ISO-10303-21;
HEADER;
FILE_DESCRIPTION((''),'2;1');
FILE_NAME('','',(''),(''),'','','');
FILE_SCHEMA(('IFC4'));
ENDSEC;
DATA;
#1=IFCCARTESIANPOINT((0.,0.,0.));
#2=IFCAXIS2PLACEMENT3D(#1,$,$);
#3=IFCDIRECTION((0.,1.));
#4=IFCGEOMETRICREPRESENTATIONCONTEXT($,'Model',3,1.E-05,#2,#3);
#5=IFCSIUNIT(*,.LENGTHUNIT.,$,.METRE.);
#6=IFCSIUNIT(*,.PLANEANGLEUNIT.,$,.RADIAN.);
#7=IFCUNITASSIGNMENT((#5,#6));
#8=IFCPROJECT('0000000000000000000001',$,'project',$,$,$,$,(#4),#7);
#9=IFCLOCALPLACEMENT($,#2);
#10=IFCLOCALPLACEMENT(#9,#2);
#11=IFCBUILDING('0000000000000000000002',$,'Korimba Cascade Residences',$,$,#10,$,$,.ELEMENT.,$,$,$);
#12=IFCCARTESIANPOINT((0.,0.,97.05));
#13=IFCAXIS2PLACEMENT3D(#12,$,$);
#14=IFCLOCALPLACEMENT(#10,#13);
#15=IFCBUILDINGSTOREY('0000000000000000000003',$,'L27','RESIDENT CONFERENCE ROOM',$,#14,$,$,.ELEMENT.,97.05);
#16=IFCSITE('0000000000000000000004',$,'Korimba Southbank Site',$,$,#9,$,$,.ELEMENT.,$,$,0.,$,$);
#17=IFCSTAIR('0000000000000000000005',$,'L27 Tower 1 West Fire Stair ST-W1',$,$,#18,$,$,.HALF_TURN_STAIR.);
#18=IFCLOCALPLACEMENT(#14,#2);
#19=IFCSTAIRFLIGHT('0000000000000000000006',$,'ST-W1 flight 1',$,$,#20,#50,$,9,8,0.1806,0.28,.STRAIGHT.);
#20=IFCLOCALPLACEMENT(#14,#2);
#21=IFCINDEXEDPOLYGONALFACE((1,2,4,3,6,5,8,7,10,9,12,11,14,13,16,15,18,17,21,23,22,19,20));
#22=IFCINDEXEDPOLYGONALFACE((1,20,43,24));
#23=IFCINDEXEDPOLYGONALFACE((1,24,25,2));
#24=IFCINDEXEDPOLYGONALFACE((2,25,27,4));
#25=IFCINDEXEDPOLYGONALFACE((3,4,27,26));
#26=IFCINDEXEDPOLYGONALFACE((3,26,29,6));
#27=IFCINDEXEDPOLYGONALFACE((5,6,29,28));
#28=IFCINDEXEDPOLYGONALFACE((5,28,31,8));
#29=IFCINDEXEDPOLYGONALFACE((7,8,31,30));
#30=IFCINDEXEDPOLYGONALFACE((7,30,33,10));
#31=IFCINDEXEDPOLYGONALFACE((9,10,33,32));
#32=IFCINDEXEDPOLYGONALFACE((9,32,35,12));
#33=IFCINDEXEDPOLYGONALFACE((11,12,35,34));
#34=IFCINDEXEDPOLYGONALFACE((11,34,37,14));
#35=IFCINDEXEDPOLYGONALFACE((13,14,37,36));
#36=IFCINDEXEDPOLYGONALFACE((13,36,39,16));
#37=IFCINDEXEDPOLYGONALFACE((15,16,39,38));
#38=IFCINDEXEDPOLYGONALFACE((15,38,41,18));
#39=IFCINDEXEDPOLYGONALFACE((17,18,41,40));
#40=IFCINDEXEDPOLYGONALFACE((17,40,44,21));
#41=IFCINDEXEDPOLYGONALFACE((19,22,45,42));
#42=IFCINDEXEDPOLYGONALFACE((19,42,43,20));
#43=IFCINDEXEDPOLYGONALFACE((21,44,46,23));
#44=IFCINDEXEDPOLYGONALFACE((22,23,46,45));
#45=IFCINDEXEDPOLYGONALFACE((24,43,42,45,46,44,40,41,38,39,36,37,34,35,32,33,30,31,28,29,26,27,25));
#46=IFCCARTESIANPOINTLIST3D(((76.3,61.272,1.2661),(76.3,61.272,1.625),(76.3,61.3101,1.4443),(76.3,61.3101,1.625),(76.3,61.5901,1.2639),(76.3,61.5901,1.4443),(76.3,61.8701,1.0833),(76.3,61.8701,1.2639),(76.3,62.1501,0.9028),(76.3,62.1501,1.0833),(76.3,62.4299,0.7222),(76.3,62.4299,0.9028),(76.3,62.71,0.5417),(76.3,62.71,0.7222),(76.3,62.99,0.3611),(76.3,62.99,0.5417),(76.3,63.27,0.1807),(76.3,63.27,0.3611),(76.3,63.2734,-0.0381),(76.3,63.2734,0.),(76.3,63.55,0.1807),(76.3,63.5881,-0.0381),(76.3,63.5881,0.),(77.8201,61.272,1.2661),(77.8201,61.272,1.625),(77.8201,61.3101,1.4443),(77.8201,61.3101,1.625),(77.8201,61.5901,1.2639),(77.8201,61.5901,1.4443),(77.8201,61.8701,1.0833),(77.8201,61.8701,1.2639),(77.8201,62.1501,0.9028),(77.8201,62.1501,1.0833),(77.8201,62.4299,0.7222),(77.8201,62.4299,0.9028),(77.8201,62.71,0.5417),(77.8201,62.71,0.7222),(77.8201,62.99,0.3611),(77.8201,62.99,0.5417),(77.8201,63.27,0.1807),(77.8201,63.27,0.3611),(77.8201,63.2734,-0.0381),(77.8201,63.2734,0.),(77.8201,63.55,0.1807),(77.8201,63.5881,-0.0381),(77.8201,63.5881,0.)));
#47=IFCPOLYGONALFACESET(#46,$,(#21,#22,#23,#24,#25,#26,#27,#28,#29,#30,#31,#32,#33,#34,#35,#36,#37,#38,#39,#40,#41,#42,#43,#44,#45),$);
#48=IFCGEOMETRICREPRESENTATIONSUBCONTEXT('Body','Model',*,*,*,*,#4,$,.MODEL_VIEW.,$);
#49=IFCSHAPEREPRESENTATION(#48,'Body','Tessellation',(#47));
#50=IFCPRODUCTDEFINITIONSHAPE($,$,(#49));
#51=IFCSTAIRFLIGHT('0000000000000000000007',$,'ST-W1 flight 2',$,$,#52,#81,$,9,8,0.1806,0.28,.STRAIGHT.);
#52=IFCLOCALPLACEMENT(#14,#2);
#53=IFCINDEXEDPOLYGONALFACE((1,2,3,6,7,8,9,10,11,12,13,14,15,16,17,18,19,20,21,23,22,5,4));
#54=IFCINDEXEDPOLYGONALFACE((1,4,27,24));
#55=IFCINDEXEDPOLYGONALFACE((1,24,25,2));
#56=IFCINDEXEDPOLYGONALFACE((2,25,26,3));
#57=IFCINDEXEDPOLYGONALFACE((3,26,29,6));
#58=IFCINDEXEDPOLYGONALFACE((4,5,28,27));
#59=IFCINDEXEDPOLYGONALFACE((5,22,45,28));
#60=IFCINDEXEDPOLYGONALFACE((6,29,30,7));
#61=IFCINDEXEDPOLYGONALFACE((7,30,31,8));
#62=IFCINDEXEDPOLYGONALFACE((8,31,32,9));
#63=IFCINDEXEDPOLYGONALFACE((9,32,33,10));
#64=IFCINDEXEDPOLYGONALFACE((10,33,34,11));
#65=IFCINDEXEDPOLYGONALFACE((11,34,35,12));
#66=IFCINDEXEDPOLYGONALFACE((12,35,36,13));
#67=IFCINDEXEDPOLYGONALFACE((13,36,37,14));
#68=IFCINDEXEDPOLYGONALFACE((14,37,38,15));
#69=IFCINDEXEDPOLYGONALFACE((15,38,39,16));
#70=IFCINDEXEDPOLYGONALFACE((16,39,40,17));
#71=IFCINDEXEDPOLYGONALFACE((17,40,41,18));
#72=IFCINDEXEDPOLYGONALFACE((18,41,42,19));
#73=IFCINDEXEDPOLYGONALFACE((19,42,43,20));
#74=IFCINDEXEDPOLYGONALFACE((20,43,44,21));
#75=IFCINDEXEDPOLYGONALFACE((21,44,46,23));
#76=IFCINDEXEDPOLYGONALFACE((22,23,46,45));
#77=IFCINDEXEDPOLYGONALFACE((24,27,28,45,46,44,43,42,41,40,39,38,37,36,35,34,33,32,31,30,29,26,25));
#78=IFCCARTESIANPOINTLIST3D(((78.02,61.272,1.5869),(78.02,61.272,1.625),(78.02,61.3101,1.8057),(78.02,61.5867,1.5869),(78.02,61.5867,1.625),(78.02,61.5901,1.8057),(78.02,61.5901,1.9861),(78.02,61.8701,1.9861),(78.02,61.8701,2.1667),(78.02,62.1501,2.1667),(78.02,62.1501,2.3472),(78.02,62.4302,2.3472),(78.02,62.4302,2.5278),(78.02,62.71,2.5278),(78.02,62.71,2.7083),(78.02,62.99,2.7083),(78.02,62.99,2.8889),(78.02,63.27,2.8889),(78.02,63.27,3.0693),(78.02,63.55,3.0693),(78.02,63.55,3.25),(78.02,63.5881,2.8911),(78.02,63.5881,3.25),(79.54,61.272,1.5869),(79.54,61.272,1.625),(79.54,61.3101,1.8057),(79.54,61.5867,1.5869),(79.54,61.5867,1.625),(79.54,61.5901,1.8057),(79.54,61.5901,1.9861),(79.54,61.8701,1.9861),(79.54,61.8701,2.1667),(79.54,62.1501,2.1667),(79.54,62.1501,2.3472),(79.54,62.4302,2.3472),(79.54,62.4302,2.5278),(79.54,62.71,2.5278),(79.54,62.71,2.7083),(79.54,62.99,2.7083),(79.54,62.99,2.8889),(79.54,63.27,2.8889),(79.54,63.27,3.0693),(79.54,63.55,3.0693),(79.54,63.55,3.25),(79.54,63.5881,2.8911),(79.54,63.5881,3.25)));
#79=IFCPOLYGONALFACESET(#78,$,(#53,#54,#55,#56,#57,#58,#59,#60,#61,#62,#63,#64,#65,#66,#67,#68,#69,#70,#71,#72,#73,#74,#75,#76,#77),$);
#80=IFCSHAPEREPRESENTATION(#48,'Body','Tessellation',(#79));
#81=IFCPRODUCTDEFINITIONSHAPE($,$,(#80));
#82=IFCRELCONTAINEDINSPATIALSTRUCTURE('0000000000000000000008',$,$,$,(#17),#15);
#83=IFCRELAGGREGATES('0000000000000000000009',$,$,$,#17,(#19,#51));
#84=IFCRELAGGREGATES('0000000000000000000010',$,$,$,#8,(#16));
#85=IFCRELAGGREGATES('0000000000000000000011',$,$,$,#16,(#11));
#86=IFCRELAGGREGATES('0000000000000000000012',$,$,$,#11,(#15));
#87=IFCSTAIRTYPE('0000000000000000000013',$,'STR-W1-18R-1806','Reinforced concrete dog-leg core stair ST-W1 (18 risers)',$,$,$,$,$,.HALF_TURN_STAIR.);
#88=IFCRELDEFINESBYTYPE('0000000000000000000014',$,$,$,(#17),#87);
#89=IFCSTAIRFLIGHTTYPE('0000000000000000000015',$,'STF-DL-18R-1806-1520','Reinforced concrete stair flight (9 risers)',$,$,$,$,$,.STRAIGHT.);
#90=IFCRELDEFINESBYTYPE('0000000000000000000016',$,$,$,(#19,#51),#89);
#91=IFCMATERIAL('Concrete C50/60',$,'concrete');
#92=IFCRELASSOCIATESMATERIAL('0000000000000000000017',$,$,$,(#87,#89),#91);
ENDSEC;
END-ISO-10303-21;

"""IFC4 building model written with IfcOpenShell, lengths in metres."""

from ifc_helpers import new_model, si_unit, direction, frame, origin, place, context, subcontext, project, spatial, polyline, outline, extrude, material, type_object, element, aggregate, save


model = new_model("IFC4")

# Units and contexts
model_context = context("Model", 3, precision=1e-05, world=origin(), true_north=direction((0.0, 1.0)))
body_context = subcontext(model_context, "Body", "Model", "MODEL_VIEW")
ifc_project = project(units=[si_unit("LENGTHUNIT", "METRE"), si_unit("PLANEANGLEUNIT", "RADIAN")], contexts=[model_context])

# Site, building, storey
site_placement = place(None, origin())
site = spatial("IfcSite", under=ifc_project, at=site_placement, Name="Korimba Southbank Site", CompositionType="ELEMENT", RefElevation=0.0)
building_placement = place(site_placement, origin())
building = spatial("IfcBuilding", under=site, at=building_placement, Name="Korimba Cascade Residences", CompositionType="ELEMENT")
storey_placement = place(building_placement, frame((0.0, 0.0, 97.05)))
storey = spatial("IfcBuildingStorey", under=building, at=storey_placement, Name="L27", Description="RESIDENT CONFERENCE ROOM", CompositionType="ELEMENT", Elevation=97.05)

# Shared definitions
ifc_material_1 = material(Name="Concrete C50/60", Category="concrete")

# Stair, stair flights
stair_type = type_object("IfcStairType", Name="STR-W1-18R-1806", Description="Reinforced concrete dog-leg core stair ST-W1 (18 risers)", PredefinedType="HALF_TURN_STAIR", material=ifc_material_1)
stair_placement = place(storey_placement, origin())
stair = element("IfcStair", 1, at=stair_placement, inside=storey, type_object=stair_type, Name="L27 Tower 1 West Fire Stair ST-W1", PredefinedType="HALF_TURN_STAIR")
stair_flight_type = type_object("IfcStairFlightType", Name="STF-DL-18R-1806-1520", Description="Reinforced concrete stair flight (9 risers)", PredefinedType="STRAIGHT", material=ifc_material_1)
stair_flight_1_placement = place(storey_placement, frame((77.0601, 63.55, 0.0), z_axis=(0.0, 0.0, 1.0), x_axis=(0.0, -1.0, 0.0)))
stair_flight_1 = element("IfcStairFlight", 2, at=stair_flight_1_placement, type_object=stair_flight_type, Name="ST-W1 flight 1", NumberOfRisers=9, NumberOfTreads=8, PredefinedType="STRAIGHT", RiserHeight=0.1806, TreadLength=0.28, context=body_context, shape_type="SweptSolid", body=[
    extrude(outline(polyline([(-0.0381, 0.0), (0.0, 0.1807), (0.28, 0.1807), (0.28, 0.3611), (0.5601, 0.3611), (0.5601, 0.5417), (0.8401, 0.5417), (0.8401, 0.7222), (1.1201, 0.7222), (1.1201, 0.9028), (1.3999, 0.9028), (1.3999, 1.0833), (1.6799, 1.0833), (1.6799, 1.2639), (1.96, 1.2639), (1.96, 1.4443), (2.24, 1.4443), (2.24, 1.625), (2.2781, 1.625), (2.2781, 1.2661), (0.2766, 0.0), (0.2766, -0.0381), (-0.0381, -0.0381), (-0.0381, 0.0)])), frame((0.0, 0.76, 0.0), z_axis=(0.0, -1.0, 0.0), x_axis=(1.0, 0.0, 0.0)), (0.0, 0.0, 1.0), 1.52),
])
stair_flight_2_placement = place(storey_placement, frame((78.78, 61.3101, 1.625), z_axis=(0.0, 0.0, 1.0), x_axis=(0.0, 1.0, 0.0)))
stair_flight_2 = element("IfcStairFlight", 3, at=stair_flight_2_placement, type_object=stair_flight_type, Name="ST-W1 flight 2", NumberOfRisers=9, NumberOfTreads=8, PredefinedType="STRAIGHT", RiserHeight=0.1806, TreadLength=0.28, context=body_context, shape_type="SweptSolid", body=[
    extrude(outline(polyline([(-0.0381, 0.0), (0.0, 0.1807), (0.28, 0.1807), (0.28, 0.3611), (0.5601, 0.3611), (0.5601, 0.5417), (0.8401, 0.5417), (0.8401, 0.7222), (1.1201, 0.7222), (1.1201, 0.9028), (1.3999, 0.9028), (1.3999, 1.0833), (1.6799, 1.0833), (1.6799, 1.2639), (1.96, 1.2639), (1.96, 1.4443), (2.24, 1.4443), (2.24, 1.625), (2.2781, 1.625), (2.2781, 1.2661), (0.2766, 0.0), (0.2766, -0.0381), (-0.0381, -0.0381), (-0.0381, 0.0)])), frame((0.0, 0.76, 0.0), z_axis=(0.0, -1.0, 0.0), x_axis=(1.0, 0.0, 0.0)), (0.0, 0.0, 1.0), 1.52),
])
aggregate(stair, [stair_flight_1, stair_flight_2])

save(model, "model.ifc")
